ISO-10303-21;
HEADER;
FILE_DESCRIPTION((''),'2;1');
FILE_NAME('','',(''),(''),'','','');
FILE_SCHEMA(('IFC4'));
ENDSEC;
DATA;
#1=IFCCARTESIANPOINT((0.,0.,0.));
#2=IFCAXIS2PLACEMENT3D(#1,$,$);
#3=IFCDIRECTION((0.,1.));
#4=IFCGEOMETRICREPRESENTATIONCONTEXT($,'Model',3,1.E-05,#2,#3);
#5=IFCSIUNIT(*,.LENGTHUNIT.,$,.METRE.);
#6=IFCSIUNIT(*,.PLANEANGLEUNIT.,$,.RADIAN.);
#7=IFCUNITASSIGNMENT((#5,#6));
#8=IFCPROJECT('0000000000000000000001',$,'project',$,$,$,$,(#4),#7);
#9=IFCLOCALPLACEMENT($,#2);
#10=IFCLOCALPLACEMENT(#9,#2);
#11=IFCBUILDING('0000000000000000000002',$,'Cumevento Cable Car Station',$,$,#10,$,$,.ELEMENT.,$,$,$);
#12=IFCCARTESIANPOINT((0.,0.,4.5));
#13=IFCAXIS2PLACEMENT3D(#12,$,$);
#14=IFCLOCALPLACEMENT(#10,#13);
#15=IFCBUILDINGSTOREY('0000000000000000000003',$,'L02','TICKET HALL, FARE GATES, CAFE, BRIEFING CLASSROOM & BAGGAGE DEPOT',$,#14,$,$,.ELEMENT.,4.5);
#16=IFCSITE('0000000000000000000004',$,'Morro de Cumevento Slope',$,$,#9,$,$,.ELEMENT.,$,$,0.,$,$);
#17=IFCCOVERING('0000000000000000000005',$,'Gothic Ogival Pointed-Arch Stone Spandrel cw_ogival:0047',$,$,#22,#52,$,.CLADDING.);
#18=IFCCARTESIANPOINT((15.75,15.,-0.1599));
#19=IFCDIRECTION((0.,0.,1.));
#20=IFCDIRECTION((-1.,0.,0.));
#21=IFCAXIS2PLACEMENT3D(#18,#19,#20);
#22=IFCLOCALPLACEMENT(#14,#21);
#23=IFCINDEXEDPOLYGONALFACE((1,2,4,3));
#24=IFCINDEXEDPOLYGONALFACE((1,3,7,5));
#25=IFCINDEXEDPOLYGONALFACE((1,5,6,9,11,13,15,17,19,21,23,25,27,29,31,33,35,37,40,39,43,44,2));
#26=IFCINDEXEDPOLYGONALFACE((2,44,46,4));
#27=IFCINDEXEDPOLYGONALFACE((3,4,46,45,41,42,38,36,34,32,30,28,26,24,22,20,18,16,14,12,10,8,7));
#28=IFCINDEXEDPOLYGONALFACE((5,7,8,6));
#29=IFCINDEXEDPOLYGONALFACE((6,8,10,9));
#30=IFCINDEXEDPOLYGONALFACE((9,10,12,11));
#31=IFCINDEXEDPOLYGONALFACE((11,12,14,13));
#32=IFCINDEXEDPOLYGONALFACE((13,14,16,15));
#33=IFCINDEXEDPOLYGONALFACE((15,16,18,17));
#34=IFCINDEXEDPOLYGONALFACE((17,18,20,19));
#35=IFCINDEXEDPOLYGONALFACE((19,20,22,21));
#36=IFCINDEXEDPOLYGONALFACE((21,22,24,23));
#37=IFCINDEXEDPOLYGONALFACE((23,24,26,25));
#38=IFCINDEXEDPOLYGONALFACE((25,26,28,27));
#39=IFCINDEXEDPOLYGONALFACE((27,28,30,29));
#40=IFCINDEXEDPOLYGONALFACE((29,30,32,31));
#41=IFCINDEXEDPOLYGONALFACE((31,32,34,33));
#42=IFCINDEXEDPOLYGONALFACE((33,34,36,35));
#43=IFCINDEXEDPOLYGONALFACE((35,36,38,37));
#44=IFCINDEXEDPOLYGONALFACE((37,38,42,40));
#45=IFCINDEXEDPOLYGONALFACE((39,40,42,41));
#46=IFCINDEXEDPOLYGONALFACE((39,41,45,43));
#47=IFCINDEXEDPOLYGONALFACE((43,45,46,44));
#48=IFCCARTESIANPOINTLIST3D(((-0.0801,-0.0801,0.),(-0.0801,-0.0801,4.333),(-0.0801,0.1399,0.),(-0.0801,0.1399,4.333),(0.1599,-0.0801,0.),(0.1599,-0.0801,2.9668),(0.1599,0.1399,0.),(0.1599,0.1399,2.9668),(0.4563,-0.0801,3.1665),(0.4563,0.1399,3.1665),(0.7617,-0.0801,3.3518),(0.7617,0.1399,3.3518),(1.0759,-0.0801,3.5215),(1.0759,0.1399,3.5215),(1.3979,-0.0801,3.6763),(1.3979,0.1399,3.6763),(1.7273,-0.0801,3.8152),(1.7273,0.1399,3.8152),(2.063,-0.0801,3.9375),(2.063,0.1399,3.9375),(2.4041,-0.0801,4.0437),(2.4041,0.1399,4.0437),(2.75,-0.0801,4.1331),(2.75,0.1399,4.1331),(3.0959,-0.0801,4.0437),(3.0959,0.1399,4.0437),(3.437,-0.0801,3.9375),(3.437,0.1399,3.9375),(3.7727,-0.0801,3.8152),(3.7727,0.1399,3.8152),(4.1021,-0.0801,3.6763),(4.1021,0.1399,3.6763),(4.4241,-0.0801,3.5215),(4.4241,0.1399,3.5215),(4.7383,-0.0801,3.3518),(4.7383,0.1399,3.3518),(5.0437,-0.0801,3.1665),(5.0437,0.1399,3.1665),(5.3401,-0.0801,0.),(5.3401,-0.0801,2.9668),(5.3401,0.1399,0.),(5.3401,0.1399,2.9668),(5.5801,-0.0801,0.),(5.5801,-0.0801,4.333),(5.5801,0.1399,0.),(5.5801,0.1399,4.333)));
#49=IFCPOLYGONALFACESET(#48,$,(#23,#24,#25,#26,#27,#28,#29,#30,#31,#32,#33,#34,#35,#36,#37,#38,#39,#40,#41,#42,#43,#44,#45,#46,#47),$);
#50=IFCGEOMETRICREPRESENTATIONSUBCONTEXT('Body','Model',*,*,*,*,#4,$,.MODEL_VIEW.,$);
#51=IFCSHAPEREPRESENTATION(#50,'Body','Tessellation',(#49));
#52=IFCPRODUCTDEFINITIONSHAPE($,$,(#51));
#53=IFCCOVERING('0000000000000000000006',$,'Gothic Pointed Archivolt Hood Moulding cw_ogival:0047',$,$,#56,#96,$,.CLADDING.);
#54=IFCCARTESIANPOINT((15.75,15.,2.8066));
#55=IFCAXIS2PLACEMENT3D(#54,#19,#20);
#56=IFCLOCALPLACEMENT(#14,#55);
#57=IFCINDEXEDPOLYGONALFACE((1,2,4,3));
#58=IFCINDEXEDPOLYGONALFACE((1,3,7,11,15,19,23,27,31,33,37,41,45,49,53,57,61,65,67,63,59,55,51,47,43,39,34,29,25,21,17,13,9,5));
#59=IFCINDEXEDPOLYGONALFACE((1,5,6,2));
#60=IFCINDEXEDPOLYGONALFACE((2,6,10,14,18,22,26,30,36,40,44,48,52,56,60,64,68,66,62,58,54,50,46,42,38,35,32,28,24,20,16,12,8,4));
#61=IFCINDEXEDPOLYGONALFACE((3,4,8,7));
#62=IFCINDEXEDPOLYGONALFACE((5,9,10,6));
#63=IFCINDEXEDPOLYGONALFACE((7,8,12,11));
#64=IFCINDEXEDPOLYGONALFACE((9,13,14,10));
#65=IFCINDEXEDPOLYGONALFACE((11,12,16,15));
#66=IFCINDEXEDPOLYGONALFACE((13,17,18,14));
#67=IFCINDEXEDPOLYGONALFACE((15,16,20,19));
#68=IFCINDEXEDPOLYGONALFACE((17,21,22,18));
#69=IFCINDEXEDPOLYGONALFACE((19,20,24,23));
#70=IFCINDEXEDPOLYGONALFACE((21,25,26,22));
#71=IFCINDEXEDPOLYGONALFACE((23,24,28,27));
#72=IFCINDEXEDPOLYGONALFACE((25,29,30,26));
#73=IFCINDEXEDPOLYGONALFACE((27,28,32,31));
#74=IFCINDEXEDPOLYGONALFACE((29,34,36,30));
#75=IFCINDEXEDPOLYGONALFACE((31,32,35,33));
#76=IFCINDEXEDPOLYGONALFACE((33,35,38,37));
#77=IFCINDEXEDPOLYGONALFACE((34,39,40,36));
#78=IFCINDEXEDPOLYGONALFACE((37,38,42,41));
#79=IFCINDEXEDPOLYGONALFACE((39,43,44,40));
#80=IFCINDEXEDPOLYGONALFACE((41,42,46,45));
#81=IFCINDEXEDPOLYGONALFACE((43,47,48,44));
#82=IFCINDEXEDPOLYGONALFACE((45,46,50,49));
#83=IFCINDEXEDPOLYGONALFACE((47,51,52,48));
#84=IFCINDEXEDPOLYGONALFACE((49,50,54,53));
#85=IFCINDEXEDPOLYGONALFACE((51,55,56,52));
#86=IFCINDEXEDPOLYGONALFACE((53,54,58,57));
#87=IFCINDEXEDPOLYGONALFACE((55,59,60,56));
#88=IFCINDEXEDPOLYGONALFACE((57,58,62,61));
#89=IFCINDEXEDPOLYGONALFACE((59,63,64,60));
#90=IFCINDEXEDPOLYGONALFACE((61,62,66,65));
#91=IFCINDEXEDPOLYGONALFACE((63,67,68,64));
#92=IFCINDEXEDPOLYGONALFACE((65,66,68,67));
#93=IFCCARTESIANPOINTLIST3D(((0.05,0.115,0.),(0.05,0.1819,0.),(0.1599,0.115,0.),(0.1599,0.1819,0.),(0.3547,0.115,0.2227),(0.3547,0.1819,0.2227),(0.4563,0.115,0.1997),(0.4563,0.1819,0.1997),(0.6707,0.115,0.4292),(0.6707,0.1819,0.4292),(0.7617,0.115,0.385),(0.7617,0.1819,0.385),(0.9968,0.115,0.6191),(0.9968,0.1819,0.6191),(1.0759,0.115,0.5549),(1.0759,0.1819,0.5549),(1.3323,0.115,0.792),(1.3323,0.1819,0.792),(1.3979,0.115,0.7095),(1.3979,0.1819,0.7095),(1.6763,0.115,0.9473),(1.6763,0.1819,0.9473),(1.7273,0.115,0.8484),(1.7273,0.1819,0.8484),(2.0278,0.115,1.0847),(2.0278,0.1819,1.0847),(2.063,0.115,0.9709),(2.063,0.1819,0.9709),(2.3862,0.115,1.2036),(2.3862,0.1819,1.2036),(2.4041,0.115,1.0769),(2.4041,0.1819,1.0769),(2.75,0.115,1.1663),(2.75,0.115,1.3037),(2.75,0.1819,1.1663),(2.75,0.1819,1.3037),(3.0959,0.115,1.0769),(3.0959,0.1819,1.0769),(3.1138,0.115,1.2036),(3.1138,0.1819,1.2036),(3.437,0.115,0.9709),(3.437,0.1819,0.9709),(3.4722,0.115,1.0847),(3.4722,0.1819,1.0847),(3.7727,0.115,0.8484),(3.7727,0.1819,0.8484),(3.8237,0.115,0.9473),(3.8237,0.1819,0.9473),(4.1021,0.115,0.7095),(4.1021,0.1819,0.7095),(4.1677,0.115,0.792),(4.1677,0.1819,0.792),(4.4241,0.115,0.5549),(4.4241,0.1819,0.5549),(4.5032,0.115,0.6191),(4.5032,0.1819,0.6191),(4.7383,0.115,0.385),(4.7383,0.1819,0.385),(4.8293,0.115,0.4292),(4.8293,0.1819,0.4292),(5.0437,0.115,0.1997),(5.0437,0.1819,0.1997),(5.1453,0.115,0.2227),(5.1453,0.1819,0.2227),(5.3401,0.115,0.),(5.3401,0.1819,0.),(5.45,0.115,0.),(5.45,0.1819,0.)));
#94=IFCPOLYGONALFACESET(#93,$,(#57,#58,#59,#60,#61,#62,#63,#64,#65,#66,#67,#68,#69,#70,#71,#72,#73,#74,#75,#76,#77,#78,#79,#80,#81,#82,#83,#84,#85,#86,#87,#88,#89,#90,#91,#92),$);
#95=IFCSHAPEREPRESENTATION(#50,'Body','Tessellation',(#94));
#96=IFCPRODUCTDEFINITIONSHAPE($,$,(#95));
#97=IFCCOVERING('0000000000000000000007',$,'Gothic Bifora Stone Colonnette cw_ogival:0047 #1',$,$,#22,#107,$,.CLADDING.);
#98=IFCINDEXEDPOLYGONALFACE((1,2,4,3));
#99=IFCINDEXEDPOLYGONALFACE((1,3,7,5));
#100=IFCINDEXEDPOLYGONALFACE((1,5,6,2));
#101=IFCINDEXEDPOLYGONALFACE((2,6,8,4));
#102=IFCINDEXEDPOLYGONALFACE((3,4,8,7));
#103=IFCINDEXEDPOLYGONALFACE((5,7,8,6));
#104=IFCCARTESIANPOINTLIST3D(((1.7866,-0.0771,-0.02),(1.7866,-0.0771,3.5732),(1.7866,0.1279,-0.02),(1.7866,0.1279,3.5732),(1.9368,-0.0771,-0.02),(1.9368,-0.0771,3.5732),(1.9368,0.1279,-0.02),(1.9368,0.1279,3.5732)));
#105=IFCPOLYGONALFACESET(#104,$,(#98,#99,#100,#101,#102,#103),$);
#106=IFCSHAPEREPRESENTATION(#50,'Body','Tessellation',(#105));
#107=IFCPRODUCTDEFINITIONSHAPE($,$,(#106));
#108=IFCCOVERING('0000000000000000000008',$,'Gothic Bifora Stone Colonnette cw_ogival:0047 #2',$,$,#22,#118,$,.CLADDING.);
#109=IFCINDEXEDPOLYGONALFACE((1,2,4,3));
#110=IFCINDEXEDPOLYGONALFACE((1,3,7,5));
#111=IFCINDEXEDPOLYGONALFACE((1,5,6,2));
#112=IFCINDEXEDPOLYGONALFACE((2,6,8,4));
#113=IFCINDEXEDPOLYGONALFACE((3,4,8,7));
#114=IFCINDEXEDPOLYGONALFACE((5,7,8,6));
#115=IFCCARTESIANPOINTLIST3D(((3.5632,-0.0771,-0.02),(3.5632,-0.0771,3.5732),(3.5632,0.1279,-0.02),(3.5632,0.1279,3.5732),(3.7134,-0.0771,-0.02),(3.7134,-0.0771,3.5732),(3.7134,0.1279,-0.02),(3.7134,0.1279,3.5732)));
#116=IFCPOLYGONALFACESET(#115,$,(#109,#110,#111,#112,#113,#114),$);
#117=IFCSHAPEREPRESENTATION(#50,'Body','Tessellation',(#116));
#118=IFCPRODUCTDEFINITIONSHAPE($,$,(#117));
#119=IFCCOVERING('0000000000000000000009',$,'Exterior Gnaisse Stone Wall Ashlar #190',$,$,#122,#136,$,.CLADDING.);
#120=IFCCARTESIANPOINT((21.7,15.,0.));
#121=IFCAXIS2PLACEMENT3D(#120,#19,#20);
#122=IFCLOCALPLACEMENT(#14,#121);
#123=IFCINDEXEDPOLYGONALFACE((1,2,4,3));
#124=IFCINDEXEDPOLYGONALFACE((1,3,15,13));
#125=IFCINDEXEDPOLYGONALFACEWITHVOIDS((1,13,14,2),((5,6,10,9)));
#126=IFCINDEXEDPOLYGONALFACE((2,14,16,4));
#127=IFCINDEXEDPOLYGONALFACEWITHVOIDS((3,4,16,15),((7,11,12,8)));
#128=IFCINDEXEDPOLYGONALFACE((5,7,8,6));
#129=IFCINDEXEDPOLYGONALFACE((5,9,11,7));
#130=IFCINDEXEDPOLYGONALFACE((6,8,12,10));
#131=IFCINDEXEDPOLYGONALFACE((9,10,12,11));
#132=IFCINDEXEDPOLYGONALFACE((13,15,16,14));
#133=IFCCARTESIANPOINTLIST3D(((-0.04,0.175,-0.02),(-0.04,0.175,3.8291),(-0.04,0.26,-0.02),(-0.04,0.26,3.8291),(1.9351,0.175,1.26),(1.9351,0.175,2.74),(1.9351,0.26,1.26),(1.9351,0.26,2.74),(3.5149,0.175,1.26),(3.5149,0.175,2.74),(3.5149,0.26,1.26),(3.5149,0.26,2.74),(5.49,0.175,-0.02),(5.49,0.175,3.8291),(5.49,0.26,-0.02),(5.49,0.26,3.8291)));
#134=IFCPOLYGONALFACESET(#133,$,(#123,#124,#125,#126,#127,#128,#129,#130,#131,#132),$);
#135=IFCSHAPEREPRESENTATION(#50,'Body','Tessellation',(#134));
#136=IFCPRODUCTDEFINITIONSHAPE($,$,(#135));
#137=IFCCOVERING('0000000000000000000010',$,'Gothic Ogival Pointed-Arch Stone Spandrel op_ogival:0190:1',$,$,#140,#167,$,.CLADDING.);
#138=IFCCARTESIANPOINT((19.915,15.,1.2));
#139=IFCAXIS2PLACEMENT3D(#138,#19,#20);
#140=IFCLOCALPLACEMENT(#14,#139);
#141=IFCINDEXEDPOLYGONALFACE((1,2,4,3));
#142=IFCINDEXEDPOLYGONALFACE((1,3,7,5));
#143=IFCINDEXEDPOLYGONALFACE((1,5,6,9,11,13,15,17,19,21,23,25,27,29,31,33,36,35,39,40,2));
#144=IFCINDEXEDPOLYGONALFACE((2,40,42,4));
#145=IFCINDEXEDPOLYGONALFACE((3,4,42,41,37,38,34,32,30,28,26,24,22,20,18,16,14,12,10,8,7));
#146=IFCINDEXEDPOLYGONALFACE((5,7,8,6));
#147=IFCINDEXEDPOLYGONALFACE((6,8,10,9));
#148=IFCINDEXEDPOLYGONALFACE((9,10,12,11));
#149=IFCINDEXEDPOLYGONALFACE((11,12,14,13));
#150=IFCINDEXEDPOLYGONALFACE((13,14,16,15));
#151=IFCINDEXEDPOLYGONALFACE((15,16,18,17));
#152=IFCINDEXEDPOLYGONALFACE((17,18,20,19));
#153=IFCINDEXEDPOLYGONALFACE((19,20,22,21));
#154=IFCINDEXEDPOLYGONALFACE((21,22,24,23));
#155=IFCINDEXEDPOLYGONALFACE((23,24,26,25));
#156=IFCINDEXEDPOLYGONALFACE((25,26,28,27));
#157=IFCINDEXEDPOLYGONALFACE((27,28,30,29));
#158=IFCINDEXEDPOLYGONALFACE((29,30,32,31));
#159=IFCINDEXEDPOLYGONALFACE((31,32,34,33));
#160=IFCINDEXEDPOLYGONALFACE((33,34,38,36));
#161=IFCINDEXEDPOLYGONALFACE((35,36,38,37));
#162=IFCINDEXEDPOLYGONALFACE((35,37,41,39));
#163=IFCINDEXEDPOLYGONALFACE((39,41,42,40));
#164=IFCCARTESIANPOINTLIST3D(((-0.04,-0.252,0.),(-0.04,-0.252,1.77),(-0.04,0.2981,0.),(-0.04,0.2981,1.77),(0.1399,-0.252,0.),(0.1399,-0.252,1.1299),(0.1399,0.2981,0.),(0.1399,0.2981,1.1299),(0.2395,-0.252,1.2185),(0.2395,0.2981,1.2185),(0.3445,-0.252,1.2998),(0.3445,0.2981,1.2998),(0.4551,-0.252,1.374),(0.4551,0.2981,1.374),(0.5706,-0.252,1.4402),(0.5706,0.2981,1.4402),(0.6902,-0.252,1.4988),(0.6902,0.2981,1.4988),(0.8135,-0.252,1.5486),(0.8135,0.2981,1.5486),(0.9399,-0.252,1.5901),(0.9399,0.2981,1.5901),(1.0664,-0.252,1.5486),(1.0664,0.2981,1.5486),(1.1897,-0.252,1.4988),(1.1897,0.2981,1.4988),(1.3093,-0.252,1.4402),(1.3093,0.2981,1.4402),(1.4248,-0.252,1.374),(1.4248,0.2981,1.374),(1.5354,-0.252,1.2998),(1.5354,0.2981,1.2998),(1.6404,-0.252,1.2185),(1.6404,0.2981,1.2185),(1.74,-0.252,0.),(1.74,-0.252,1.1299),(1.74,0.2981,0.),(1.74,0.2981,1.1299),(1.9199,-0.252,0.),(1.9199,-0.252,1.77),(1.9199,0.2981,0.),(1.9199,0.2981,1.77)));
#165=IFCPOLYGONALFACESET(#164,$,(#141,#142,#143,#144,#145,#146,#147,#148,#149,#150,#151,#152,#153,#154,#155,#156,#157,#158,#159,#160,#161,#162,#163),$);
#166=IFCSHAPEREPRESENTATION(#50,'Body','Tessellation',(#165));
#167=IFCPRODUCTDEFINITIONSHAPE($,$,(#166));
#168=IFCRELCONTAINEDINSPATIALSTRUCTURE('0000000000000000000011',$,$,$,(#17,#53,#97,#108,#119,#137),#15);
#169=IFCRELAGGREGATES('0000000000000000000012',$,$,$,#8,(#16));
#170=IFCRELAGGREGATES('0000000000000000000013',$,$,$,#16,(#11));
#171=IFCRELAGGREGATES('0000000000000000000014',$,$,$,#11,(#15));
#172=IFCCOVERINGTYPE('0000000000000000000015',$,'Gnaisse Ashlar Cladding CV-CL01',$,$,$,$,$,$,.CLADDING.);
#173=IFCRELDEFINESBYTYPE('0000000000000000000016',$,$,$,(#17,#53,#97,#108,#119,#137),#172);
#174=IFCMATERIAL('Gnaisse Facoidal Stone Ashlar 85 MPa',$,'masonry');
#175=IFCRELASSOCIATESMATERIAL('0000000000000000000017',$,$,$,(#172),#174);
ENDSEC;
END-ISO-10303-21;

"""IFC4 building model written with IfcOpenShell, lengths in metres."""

from ifc_helpers import new_model, si_unit, direction, frame, origin, place, context, subcontext, project, spatial, polyline, outline, extrude, material, type_object, element, save


model = new_model("IFC4")

# Units and contexts
model_context = context("Model", 3, precision=1e-05, world=origin(), true_north=direction((0.0, 1.0)))
body_context = subcontext(model_context, "Body", "Model", "MODEL_VIEW")
ifc_project = project(units=[si_unit("LENGTHUNIT", "METRE"), si_unit("PLANEANGLEUNIT", "RADIAN")], contexts=[model_context])

# Site, building, storey
site_placement = place(None, origin())
site = spatial("IfcSite", under=ifc_project, at=site_placement, Name="Morro de Cumevento Slope", CompositionType="ELEMENT", RefElevation=0.0)
building_placement = place(site_placement, origin())
building = spatial("IfcBuilding", under=site, at=building_placement, Name="Cumevento Cable Car Station", CompositionType="ELEMENT")
storey_placement = place(building_placement, frame((0.0, 0.0, 4.5)))
storey = spatial("IfcBuildingStorey", under=building, at=storey_placement, Name="L02", Description="TICKET HALL, FARE GATES, CAFE, BRIEFING CLASSROOM & BAGGAGE DEPOT", CompositionType="ELEMENT", Elevation=4.5)

# Coverings
ifc_material_1 = material(Name="Gnaisse Facoidal Stone Ashlar 85 MPa", Category="masonry")
covering_type = type_object("IfcCoveringType", Name="Gnaisse Ashlar Cladding CV-CL01", PredefinedType="CLADDING", material=ifc_material_1)
placement = place(storey_placement, frame((15.75, 15.0, -0.1599), z_axis=(0.0, 0.0, 1.0), x_axis=(-1.0, 0.0, 0.0)))
element("IfcCovering", 1, at=placement, inside=storey, type_object=covering_type, Name="Gothic Ogival Pointed-Arch Stone Spandrel cw_ogival:0047", PredefinedType="CLADDING", context=body_context, shape_type="SweptSolid", body=[
    extrude(outline(polyline([(-0.0801, 0.0), (-0.0801, 4.333), (5.5801, 4.333), (5.5801, 0.0), (5.3401, 0.0), (5.3401, 2.9668), (5.0437, 3.1665), (4.7383, 3.3518), (4.4241, 3.5215), (4.1021, 3.6763), (3.7727, 3.8152), (3.437, 3.9375), (3.0959, 4.0437), (2.75, 4.1331), (2.4041, 4.0437), (2.063, 3.9375), (1.7273, 3.8152), (1.3979, 3.6763), (1.0759, 3.5215), (0.7617, 3.3518), (0.4563, 3.1665), (0.1599, 2.9668), (0.1599, 0.0), (-0.0801, 0.0)])), frame((0.0, 0.1399, 0.0), z_axis=(0.0, -1.0, 0.0), x_axis=(1.0, 0.0, 0.0)), (0.0, 0.0, 1.0), 0.22),
])
covering_1_placement = place(storey_placement, frame((15.75, 15.0, 2.8066), z_axis=(0.0, 0.0, 1.0), x_axis=(-1.0, 0.0, 0.0)))
element("IfcCovering", 2, at=covering_1_placement, inside=storey, type_object=covering_type, Name="Gothic Pointed Archivolt Hood Moulding cw_ogival:0047", PredefinedType="CLADDING", context=body_context, shape_type="SweptSolid", body=[
    extrude(outline(polyline([(0.1599, 0.0), (0.4563, 0.1997), (0.7617, 0.385), (1.0759, 0.5549), (1.3979, 0.7095), (1.7273, 0.8484), (2.063, 0.9709), (2.4041, 1.0769), (2.75, 1.1663), (3.0959, 1.0769), (3.437, 0.9709), (3.7727, 0.8484), (4.1021, 0.7095), (4.4241, 0.5549), (4.7383, 0.385), (5.0437, 0.1997), (5.3401, 0.0), (5.45, 0.0), (5.1453, 0.2227), (4.8293, 0.4292), (4.5032, 0.6191), (4.1677, 0.792), (3.8237, 0.9473), (3.4722, 1.0847), (3.1138, 1.2036), (2.75, 1.3037), (2.3862, 1.2036), (2.0278, 1.0847), (1.6763, 0.9473), (1.3323, 0.792), (0.9968, 0.6191), (0.6707, 0.4292), (0.3547, 0.2227), (0.05, 0.0), (0.1599, 0.0)])), frame((0.0, 0.1819, 0.0), z_axis=(0.0, -1.0, 0.0), x_axis=(1.0, 0.0, 0.0)), (0.0, 0.0, 1.0), 0.0669),
])
element("IfcCovering", 3, at=placement, inside=storey, type_object=covering_type, Name="Gothic Bifora Stone Colonnette cw_ogival:0047 #1", PredefinedType="CLADDING", context=body_context, shape_type="SweptSolid", body=[
    extrude(outline(polyline([(1.7866, -0.02), (1.9368, -0.02), (1.9368, 3.5732), (1.7866, 3.5732), (1.7866, -0.02)])), frame((0.0, 0.1279, 0.0), z_axis=(0.0, -1.0, 0.0), x_axis=(1.0, 0.0, 0.0)), (0.0, 0.0, 1.0), 0.2051),
])
element("IfcCovering", 4, at=placement, inside=storey, type_object=covering_type, Name="Gothic Bifora Stone Colonnette cw_ogival:0047 #2", PredefinedType="CLADDING", context=body_context, shape_type="SweptSolid", body=[
    extrude(outline(polyline([(3.5632, -0.02), (3.7134, -0.02), (3.7134, 3.5732), (3.5632, 3.5732), (3.5632, -0.02)])), frame((0.0, 0.1279, 0.0), z_axis=(0.0, -1.0, 0.0), x_axis=(1.0, 0.0, 0.0)), (0.0, 0.0, 1.0), 0.2051),
])
covering_2_placement = place(storey_placement, frame((21.7, 15.0, 0.0), z_axis=(0.0, 0.0, 1.0), x_axis=(-1.0, 0.0, 0.0)))
element("IfcCovering", 5, at=covering_2_placement, inside=storey, type_object=covering_type, Name="Exterior Gnaisse Stone Wall Ashlar #190", PredefinedType="CLADDING", context=body_context, shape_type="SweptSolid", body=[
    extrude(outline(polyline([(-0.04, -0.02), (5.49, -0.02), (5.49, 3.8291), (-0.04, 3.8291), (-0.04, -0.02)]), holes=[polyline([(1.9351, 1.26), (3.5149, 1.26), (3.5149, 2.74), (1.9351, 2.74), (1.9351, 1.26)])]), frame((0.0, 0.26, 0.0), z_axis=(0.0, -1.0, 0.0), x_axis=(1.0, 0.0, 0.0)), (0.0, 0.0, 1.0), 0.085),
])
covering_3_placement = place(storey_placement, frame((19.915, 15.0, 1.2), z_axis=(0.0, 0.0, 1.0), x_axis=(-1.0, 0.0, 0.0)))
element("IfcCovering", 6, at=covering_3_placement, inside=storey, type_object=covering_type, Name="Gothic Ogival Pointed-Arch Stone Spandrel op_ogival:0190:1", PredefinedType="CLADDING", context=body_context, shape_type="SweptSolid", body=[
    extrude(outline(polyline([(-0.04, 0.0), (-0.04, 1.77), (1.9199, 1.77), (1.9199, 0.0), (1.74, 0.0), (1.74, 1.1299), (1.6404, 1.2185), (1.5354, 1.2998), (1.4248, 1.374), (1.3093, 1.4402), (1.1897, 1.4988), (1.0664, 1.5486), (0.9399, 1.5901), (0.8135, 1.5486), (0.6902, 1.4988), (0.5706, 1.4402), (0.4551, 1.374), (0.3445, 1.2998), (0.2395, 1.2185), (0.1399, 1.1299), (0.1399, 0.0), (-0.04, 0.0)])), frame((0.0, 0.2981, 0.0), z_axis=(0.0, -1.0, 0.0), x_axis=(1.0, 0.0, 0.0)), (0.0, 0.0, 1.0), 0.55),
])

save(model, "model.ifc")
